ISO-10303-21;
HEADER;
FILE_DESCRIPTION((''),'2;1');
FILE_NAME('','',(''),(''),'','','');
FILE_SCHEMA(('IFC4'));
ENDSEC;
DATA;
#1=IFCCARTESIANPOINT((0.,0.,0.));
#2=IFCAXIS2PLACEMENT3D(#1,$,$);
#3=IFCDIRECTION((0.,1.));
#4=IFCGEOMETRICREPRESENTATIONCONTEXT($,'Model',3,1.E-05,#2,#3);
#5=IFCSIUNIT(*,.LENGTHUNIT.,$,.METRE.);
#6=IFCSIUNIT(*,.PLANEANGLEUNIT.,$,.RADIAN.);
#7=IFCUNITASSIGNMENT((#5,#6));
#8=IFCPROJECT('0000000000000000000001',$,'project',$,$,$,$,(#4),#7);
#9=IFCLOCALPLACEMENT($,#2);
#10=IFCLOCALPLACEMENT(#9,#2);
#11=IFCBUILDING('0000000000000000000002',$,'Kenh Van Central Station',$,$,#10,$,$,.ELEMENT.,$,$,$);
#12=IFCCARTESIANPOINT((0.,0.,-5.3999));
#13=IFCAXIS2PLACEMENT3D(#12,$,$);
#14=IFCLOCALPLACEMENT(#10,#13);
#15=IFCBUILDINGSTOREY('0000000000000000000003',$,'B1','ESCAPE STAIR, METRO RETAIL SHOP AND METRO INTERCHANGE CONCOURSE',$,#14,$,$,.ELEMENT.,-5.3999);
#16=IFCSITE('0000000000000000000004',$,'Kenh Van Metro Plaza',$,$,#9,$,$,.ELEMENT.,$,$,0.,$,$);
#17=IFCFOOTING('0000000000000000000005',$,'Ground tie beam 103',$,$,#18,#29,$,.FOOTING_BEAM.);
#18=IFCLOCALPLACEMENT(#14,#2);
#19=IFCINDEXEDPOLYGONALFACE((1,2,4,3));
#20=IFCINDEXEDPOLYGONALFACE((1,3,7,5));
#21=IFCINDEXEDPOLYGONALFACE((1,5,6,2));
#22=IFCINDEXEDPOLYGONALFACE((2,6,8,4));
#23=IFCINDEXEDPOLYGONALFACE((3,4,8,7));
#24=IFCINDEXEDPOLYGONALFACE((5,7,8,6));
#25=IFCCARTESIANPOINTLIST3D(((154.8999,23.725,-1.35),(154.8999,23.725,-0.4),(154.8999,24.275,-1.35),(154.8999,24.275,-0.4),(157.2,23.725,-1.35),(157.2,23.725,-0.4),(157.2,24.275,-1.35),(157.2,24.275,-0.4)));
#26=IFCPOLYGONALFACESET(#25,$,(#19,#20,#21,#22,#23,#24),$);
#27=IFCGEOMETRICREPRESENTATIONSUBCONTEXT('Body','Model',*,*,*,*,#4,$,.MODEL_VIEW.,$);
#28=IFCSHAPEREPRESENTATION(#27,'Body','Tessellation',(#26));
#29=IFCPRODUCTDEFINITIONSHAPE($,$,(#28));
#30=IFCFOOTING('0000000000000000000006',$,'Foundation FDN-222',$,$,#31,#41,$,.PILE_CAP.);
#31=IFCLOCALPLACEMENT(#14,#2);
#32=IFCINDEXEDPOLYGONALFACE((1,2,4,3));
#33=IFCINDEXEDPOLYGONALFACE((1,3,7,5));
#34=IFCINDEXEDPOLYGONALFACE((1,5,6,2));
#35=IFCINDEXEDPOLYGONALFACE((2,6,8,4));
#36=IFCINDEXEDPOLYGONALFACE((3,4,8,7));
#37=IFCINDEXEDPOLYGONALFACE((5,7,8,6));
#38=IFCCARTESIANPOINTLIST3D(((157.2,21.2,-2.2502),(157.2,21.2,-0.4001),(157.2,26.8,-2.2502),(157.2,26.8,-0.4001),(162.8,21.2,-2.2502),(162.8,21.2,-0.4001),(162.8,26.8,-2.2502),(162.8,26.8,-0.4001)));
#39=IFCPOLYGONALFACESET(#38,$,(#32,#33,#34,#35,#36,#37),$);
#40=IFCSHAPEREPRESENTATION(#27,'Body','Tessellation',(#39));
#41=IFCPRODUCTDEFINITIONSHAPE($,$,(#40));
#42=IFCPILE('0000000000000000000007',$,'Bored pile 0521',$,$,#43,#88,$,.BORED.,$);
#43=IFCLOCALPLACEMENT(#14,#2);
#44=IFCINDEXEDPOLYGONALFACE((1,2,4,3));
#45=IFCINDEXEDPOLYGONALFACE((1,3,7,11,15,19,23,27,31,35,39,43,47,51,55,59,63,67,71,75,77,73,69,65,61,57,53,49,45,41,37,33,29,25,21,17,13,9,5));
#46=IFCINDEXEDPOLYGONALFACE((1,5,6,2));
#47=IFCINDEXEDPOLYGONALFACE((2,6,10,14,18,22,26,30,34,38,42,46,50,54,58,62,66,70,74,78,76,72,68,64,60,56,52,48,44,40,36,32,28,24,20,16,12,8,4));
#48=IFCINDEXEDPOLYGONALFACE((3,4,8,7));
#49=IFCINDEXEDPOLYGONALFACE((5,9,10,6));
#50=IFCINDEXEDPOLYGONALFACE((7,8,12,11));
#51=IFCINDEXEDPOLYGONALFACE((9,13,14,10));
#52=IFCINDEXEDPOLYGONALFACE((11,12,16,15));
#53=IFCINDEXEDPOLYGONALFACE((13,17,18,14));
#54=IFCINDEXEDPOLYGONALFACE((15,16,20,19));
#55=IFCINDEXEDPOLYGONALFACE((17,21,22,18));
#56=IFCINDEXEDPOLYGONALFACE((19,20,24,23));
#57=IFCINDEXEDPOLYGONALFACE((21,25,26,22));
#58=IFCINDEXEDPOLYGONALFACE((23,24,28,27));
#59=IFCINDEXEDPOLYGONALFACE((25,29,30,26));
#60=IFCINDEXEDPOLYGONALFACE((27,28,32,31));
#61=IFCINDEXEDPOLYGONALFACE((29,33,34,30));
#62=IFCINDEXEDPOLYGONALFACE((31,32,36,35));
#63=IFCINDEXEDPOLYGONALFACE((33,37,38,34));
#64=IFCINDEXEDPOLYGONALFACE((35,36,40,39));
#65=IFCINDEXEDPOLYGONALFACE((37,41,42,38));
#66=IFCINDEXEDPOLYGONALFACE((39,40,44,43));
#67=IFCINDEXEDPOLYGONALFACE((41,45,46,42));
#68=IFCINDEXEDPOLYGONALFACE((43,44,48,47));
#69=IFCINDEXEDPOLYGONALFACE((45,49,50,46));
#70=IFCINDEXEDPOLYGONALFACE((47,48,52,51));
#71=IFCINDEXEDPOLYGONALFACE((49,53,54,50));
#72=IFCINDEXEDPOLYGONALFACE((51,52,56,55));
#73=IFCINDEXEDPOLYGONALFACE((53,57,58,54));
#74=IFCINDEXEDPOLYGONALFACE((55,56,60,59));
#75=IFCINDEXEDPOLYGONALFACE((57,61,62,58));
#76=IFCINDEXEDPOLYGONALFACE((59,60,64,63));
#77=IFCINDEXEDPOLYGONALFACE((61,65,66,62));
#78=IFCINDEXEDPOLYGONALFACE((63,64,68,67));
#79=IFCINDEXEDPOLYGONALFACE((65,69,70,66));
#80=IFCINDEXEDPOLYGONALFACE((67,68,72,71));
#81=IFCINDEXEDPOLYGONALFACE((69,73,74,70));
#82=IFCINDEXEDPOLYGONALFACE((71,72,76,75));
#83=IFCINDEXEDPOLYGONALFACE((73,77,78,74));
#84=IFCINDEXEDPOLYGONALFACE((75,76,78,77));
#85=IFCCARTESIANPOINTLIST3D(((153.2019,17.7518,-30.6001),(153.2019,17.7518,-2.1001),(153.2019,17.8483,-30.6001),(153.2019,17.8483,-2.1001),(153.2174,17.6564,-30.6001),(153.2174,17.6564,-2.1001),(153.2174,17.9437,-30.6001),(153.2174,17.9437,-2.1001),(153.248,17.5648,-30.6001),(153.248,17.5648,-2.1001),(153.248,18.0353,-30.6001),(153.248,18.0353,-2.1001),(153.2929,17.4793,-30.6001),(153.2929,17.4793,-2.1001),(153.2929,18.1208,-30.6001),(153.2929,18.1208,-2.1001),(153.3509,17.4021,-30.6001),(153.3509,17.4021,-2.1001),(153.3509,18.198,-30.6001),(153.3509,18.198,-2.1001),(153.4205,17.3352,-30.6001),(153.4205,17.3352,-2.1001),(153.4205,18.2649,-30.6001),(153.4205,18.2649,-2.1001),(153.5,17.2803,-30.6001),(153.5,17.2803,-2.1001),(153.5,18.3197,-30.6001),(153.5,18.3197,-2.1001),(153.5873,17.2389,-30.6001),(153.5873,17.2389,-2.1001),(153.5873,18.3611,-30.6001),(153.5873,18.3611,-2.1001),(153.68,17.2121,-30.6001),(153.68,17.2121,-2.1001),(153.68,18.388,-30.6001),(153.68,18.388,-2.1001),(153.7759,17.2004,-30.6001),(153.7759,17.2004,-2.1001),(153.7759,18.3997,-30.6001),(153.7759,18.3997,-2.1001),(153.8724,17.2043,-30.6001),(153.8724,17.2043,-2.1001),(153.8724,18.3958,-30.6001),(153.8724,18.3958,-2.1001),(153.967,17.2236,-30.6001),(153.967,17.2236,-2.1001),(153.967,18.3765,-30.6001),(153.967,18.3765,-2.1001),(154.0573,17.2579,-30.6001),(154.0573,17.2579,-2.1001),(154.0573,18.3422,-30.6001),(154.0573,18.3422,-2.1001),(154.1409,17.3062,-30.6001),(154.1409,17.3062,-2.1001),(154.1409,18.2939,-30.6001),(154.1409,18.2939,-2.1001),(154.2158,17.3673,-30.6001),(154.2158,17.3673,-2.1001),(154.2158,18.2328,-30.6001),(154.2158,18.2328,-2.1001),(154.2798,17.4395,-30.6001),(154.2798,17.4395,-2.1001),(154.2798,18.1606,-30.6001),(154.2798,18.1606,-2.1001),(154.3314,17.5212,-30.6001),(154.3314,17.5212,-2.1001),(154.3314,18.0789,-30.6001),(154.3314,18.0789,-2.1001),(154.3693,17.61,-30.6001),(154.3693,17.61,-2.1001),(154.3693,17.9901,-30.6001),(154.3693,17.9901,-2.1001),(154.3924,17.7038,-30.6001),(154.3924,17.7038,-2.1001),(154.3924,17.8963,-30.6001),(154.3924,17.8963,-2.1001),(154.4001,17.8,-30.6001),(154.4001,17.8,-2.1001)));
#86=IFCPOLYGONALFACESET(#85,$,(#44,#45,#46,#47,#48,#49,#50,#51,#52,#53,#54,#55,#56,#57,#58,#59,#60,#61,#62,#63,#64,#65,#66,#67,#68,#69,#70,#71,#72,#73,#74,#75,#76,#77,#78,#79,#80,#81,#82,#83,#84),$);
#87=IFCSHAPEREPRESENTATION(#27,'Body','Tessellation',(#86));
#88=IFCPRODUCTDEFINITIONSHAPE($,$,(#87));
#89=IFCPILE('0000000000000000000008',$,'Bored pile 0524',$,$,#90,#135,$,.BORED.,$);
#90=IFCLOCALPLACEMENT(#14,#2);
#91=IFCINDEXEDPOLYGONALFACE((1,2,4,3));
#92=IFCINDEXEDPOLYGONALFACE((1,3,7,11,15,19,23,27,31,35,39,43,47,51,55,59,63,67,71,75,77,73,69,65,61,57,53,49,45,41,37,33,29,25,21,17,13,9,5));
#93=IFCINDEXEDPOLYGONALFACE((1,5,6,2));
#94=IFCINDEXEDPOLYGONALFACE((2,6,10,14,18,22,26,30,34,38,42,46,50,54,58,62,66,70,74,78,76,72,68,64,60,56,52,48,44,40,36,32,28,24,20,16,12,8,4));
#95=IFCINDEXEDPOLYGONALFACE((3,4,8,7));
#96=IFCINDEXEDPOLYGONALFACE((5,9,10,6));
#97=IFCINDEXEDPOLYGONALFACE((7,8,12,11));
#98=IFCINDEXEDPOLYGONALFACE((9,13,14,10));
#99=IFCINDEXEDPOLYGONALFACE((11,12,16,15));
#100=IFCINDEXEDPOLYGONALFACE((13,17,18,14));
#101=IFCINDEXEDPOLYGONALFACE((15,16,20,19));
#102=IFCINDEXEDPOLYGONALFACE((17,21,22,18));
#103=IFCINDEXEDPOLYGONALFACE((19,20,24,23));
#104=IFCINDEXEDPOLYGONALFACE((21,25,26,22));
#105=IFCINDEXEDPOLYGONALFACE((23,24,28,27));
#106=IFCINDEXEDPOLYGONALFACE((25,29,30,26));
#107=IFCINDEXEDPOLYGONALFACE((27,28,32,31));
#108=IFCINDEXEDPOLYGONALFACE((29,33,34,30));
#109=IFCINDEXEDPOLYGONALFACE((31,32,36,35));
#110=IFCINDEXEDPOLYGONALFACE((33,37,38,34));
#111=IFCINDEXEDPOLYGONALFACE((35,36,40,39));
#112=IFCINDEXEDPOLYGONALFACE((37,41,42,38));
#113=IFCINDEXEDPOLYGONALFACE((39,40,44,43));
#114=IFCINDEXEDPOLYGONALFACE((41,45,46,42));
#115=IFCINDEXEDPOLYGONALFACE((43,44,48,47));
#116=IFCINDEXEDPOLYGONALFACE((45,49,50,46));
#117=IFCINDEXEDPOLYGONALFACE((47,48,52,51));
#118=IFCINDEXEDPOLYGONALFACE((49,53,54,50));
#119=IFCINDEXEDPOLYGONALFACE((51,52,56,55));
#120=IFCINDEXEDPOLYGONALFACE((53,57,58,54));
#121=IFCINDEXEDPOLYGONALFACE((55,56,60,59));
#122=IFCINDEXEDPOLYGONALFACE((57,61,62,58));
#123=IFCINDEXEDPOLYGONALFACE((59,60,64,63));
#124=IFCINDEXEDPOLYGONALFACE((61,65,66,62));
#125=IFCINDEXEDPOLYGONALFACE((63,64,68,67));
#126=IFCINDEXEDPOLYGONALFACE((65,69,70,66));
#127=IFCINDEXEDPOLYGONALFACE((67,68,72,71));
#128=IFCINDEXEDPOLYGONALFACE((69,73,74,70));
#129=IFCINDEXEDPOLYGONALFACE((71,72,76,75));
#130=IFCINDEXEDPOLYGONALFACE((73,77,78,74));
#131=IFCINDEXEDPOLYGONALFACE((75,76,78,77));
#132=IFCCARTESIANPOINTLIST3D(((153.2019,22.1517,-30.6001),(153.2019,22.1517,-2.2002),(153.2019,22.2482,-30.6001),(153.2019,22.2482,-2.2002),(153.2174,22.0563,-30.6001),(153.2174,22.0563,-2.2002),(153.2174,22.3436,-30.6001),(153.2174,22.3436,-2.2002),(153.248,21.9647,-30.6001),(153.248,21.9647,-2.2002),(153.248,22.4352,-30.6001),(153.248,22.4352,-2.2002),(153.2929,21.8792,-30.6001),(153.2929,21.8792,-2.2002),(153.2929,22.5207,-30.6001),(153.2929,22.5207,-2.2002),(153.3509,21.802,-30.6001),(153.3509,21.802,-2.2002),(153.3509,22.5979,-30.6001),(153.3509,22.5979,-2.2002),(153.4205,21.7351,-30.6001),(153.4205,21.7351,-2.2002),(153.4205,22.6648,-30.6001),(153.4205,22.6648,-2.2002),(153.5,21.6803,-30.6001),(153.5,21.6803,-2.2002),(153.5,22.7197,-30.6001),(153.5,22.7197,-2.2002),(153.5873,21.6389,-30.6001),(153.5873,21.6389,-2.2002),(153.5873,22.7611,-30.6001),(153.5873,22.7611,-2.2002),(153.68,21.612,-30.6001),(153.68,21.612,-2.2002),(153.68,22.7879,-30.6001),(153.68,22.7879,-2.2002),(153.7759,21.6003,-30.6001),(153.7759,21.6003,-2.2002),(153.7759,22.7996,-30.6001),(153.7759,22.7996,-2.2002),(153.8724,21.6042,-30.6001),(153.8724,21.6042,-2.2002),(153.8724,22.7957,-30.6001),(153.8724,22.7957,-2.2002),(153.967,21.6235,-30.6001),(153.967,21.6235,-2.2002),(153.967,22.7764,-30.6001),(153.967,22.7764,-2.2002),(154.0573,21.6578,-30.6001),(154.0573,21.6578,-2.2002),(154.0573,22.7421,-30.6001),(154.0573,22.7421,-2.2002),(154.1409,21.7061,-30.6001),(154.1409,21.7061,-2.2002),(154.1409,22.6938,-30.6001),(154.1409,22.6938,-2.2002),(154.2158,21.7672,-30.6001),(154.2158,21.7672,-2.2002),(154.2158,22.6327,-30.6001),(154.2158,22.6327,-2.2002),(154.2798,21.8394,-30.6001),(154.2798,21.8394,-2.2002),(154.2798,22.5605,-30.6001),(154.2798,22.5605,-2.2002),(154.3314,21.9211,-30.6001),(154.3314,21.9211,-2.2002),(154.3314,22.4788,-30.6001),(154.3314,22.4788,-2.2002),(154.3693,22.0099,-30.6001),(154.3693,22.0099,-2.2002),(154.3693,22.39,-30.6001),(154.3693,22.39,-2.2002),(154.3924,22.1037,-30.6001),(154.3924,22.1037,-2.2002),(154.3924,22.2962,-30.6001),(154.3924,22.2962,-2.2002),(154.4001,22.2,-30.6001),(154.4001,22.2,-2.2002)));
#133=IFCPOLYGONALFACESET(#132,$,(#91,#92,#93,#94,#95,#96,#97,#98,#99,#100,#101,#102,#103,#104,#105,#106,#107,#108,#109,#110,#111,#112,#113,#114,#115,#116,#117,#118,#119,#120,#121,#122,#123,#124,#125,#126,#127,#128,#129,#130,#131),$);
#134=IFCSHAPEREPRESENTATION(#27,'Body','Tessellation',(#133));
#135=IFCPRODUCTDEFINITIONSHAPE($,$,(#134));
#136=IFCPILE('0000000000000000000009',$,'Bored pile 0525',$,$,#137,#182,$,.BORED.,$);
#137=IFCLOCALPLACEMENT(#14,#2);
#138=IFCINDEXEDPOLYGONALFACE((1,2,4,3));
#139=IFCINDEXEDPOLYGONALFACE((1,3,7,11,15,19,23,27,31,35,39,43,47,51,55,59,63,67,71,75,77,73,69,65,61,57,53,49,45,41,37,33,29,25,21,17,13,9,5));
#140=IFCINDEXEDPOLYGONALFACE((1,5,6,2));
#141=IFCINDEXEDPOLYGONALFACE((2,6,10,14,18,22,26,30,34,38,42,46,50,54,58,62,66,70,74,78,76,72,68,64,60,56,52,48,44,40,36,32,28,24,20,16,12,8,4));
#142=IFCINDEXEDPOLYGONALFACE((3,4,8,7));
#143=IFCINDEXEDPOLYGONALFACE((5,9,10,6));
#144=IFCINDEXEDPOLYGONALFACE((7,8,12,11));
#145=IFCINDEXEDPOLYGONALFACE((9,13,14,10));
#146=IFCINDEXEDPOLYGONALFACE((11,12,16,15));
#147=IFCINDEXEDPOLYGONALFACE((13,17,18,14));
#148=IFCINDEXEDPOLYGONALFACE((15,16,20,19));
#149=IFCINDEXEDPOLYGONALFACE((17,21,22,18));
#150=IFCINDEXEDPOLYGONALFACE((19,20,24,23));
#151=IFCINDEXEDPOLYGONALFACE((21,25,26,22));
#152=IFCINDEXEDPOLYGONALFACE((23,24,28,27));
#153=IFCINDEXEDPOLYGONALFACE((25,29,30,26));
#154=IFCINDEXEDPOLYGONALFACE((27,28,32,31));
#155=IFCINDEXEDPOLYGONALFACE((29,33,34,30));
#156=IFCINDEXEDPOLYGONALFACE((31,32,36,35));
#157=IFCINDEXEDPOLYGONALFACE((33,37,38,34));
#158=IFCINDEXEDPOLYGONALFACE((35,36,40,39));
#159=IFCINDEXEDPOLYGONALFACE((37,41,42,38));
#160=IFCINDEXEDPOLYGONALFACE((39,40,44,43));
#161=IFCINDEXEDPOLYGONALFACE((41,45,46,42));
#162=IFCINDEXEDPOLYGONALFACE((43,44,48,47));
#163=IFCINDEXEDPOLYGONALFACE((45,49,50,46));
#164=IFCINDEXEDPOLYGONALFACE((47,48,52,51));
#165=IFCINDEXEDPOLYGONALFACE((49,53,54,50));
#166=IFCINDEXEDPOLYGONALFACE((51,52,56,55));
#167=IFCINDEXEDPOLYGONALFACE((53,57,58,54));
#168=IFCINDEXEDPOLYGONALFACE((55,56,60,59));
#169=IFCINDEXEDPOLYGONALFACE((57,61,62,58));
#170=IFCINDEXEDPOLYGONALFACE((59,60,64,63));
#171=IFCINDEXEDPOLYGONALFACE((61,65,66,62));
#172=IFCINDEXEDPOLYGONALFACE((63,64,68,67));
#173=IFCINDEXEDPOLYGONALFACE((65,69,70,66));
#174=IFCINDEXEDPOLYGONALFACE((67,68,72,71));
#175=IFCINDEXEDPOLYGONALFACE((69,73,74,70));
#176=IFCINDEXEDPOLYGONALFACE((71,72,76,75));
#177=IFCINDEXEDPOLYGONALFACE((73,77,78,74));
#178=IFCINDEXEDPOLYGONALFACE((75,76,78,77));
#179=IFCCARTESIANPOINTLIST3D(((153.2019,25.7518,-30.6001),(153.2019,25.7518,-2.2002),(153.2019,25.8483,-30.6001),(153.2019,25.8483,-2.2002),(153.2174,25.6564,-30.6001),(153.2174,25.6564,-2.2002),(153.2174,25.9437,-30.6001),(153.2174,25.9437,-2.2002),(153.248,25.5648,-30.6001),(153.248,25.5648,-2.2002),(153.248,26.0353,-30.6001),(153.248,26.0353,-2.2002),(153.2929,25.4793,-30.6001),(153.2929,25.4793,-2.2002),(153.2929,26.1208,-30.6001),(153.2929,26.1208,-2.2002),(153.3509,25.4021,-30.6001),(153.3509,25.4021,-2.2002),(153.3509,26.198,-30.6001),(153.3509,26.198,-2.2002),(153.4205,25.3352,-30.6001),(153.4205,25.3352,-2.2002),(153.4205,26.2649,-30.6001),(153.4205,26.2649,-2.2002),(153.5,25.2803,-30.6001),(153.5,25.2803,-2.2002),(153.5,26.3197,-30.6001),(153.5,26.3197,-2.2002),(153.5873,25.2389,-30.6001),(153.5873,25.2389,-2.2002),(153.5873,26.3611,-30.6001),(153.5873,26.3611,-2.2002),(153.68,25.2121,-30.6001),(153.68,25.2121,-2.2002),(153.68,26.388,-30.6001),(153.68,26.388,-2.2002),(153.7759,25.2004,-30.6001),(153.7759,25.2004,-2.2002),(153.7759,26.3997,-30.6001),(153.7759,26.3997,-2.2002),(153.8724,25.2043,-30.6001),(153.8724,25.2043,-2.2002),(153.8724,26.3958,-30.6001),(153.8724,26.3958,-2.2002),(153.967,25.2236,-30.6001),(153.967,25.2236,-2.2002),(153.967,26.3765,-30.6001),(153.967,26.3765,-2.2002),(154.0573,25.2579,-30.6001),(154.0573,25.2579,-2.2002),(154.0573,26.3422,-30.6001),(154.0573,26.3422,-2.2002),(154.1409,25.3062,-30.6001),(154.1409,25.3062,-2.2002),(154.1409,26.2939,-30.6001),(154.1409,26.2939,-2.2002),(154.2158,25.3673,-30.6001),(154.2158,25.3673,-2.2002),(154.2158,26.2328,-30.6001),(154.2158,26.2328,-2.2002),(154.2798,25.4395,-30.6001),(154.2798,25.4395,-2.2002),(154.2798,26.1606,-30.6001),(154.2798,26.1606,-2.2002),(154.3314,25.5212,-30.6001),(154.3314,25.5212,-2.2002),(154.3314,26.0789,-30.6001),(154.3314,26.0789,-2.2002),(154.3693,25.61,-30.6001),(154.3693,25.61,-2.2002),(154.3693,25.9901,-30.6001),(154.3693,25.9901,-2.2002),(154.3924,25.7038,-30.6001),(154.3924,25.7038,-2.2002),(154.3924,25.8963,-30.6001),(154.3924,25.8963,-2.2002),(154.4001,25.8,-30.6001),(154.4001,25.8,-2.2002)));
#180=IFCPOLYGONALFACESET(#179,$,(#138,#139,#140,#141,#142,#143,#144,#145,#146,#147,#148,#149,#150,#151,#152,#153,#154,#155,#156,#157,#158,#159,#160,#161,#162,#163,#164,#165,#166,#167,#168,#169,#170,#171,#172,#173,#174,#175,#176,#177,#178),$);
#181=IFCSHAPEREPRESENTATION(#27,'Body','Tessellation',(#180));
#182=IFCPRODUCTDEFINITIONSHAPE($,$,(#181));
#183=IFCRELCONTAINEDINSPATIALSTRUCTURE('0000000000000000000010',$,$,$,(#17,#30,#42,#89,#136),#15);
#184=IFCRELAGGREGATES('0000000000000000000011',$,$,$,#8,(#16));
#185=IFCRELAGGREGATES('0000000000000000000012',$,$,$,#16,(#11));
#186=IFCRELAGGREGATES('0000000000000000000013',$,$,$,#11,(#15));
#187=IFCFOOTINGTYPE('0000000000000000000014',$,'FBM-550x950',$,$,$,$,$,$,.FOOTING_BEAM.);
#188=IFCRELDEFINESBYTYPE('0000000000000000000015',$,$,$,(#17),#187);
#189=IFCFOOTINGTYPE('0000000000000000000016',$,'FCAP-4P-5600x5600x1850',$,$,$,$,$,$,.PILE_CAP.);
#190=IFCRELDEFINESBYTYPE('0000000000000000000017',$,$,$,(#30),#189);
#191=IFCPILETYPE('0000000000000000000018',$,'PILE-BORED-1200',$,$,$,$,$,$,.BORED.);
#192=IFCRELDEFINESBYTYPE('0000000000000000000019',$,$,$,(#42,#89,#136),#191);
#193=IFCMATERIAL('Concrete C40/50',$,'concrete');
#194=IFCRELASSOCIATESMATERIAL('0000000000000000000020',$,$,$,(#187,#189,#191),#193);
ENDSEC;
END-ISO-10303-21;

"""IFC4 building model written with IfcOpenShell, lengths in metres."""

from ifc_helpers import new_model, si_unit, direction, frame, origin, origin_2d, place, context, subcontext, project, spatial, rectangle, circle, extrude, material, material_profile, profile_set, type_object, element, save


model = new_model("IFC4")

# Units and contexts
model_context = context("Model", 3, precision=1e-05, world=origin(), true_north=direction((0.0, 1.0)))
body_context = subcontext(model_context, "Body", "Model", "MODEL_VIEW")
ifc_project = project(units=[si_unit("LENGTHUNIT", "METRE"), si_unit("PLANEANGLEUNIT", "RADIAN")], contexts=[model_context])

# Site, building, storey
site_placement = place(None, origin())
site = spatial("IfcSite", under=ifc_project, at=site_placement, Name="Kenh Van Metro Plaza", CompositionType="ELEMENT", RefElevation=0.0)
building_placement = place(site_placement, origin())
building = spatial("IfcBuilding", under=site, at=building_placement, Name="Kenh Van Central Station", CompositionType="ELEMENT")
storey_placement = place(building_placement, frame((0.0, 0.0, -5.3999)))
storey = spatial("IfcBuildingStorey", under=building, at=storey_placement, Name="B1", Description="ESCAPE STAIR, METRO RETAIL SHOP AND METRO INTERCHANGE CONCOURSE", CompositionType="ELEMENT", Elevation=-5.3999)

# Footings
ifc_material_1 = material(Name="Concrete C40/50", Category="concrete")
ifc_material_profile_1 = material_profile(ifc_material_1, rectangle(XDim=0.55, YDim=0.95, at=origin_2d()), Name="RC 550x950")
ifc_profile_set_1 = profile_set([ifc_material_profile_1], Name="Concrete C40/50")
footing_type_1 = type_object("IfcFootingType", Name="FBM-550x950", PredefinedType="FOOTING_BEAM", material=ifc_profile_set_1)
footing_1_placement = place(storey_placement, frame((154.8999, 24.0, -0.875), z_axis=(1.0, 0.0, 0.0), x_axis=(0.0, 1.0, 0.0)))
element("IfcFooting", 1, at=footing_1_placement, inside=storey, type_object=footing_type_1, Name="Ground tie beam 103", PredefinedType="FOOTING_BEAM", context=body_context, shape_type="SweptSolid", body=[
    extrude(rectangle(XDim=0.55, YDim=0.95, at=origin_2d()), origin(), (0.0, 0.0, 1.0), 2.3),
])
footing_type_2 = type_object("IfcFootingType", Name="FCAP-4P-5600x5600x1850", PredefinedType="PILE_CAP", material=ifc_material_1)
footing_2_placement = place(storey_placement, frame((160.0, 24.0, -2.2502), z_axis=(0.0, 0.0, 1.0), x_axis=(1.0, 0.0, 0.0)))
element("IfcFooting", 2, at=footing_2_placement, inside=storey, type_object=footing_type_2, Name="Foundation FDN-222", PredefinedType="PILE_CAP", context=body_context, shape_type="SweptSolid", body=[
    extrude(rectangle(XDim=5.6001, YDim=5.6001, at=origin_2d()), origin(), (0.0, 0.0, 1.0), 1.8501),
])

# Piles
ifc_material_profile_2 = material_profile(ifc_material_1, circle(Radius=0.6001, at=origin_2d()), Name="PILE D1200")
ifc_profile_set_2 = profile_set([ifc_material_profile_2], Name="Concrete C40/50")
pile_type = type_object("IfcPileType", Name="PILE-BORED-1200", PredefinedType="BORED", material=ifc_profile_set_2)
pile_placement = place(storey_placement, frame((153.8, 17.8, -2.1001), z_axis=(0.0, 0.0, -1.0), x_axis=(1.0, 0.0, 0.0)))
element("IfcPile", 3, at=pile_placement, inside=storey, type_object=pile_type, Name="Bored pile 0521", PredefinedType="BORED", context=body_context, shape_type="SweptSolid", body=[
    extrude(circle(Radius=0.6001, at=origin_2d()), origin(), (0.0, 0.0, 1.0), 28.5),
])
for number, where, z_axis, x_axis, name in (
    (4, (153.8, 22.2, -2.2002), (0.0, 0.0, -1.0), (1.0, 0.0, 0.0), "Bored pile 0524"),
    (5, (153.8, 25.8, -2.2002), (0.0, 0.0, -1.0), (1.0, 0.0, 0.0), "Bored pile 0525"),
):
    element("IfcPile", number, at=place(storey_placement, frame(where, z_axis=z_axis, x_axis=x_axis)), inside=storey, type_object=pile_type, Name=name, PredefinedType="BORED", context=body_context, shape_type="SweptSolid", body=[
        extrude(circle(Radius=0.6001, at=origin_2d()), origin(), (0.0, 0.0, 1.0), 28.3999),
    ])

save(model, "model.ifc")
